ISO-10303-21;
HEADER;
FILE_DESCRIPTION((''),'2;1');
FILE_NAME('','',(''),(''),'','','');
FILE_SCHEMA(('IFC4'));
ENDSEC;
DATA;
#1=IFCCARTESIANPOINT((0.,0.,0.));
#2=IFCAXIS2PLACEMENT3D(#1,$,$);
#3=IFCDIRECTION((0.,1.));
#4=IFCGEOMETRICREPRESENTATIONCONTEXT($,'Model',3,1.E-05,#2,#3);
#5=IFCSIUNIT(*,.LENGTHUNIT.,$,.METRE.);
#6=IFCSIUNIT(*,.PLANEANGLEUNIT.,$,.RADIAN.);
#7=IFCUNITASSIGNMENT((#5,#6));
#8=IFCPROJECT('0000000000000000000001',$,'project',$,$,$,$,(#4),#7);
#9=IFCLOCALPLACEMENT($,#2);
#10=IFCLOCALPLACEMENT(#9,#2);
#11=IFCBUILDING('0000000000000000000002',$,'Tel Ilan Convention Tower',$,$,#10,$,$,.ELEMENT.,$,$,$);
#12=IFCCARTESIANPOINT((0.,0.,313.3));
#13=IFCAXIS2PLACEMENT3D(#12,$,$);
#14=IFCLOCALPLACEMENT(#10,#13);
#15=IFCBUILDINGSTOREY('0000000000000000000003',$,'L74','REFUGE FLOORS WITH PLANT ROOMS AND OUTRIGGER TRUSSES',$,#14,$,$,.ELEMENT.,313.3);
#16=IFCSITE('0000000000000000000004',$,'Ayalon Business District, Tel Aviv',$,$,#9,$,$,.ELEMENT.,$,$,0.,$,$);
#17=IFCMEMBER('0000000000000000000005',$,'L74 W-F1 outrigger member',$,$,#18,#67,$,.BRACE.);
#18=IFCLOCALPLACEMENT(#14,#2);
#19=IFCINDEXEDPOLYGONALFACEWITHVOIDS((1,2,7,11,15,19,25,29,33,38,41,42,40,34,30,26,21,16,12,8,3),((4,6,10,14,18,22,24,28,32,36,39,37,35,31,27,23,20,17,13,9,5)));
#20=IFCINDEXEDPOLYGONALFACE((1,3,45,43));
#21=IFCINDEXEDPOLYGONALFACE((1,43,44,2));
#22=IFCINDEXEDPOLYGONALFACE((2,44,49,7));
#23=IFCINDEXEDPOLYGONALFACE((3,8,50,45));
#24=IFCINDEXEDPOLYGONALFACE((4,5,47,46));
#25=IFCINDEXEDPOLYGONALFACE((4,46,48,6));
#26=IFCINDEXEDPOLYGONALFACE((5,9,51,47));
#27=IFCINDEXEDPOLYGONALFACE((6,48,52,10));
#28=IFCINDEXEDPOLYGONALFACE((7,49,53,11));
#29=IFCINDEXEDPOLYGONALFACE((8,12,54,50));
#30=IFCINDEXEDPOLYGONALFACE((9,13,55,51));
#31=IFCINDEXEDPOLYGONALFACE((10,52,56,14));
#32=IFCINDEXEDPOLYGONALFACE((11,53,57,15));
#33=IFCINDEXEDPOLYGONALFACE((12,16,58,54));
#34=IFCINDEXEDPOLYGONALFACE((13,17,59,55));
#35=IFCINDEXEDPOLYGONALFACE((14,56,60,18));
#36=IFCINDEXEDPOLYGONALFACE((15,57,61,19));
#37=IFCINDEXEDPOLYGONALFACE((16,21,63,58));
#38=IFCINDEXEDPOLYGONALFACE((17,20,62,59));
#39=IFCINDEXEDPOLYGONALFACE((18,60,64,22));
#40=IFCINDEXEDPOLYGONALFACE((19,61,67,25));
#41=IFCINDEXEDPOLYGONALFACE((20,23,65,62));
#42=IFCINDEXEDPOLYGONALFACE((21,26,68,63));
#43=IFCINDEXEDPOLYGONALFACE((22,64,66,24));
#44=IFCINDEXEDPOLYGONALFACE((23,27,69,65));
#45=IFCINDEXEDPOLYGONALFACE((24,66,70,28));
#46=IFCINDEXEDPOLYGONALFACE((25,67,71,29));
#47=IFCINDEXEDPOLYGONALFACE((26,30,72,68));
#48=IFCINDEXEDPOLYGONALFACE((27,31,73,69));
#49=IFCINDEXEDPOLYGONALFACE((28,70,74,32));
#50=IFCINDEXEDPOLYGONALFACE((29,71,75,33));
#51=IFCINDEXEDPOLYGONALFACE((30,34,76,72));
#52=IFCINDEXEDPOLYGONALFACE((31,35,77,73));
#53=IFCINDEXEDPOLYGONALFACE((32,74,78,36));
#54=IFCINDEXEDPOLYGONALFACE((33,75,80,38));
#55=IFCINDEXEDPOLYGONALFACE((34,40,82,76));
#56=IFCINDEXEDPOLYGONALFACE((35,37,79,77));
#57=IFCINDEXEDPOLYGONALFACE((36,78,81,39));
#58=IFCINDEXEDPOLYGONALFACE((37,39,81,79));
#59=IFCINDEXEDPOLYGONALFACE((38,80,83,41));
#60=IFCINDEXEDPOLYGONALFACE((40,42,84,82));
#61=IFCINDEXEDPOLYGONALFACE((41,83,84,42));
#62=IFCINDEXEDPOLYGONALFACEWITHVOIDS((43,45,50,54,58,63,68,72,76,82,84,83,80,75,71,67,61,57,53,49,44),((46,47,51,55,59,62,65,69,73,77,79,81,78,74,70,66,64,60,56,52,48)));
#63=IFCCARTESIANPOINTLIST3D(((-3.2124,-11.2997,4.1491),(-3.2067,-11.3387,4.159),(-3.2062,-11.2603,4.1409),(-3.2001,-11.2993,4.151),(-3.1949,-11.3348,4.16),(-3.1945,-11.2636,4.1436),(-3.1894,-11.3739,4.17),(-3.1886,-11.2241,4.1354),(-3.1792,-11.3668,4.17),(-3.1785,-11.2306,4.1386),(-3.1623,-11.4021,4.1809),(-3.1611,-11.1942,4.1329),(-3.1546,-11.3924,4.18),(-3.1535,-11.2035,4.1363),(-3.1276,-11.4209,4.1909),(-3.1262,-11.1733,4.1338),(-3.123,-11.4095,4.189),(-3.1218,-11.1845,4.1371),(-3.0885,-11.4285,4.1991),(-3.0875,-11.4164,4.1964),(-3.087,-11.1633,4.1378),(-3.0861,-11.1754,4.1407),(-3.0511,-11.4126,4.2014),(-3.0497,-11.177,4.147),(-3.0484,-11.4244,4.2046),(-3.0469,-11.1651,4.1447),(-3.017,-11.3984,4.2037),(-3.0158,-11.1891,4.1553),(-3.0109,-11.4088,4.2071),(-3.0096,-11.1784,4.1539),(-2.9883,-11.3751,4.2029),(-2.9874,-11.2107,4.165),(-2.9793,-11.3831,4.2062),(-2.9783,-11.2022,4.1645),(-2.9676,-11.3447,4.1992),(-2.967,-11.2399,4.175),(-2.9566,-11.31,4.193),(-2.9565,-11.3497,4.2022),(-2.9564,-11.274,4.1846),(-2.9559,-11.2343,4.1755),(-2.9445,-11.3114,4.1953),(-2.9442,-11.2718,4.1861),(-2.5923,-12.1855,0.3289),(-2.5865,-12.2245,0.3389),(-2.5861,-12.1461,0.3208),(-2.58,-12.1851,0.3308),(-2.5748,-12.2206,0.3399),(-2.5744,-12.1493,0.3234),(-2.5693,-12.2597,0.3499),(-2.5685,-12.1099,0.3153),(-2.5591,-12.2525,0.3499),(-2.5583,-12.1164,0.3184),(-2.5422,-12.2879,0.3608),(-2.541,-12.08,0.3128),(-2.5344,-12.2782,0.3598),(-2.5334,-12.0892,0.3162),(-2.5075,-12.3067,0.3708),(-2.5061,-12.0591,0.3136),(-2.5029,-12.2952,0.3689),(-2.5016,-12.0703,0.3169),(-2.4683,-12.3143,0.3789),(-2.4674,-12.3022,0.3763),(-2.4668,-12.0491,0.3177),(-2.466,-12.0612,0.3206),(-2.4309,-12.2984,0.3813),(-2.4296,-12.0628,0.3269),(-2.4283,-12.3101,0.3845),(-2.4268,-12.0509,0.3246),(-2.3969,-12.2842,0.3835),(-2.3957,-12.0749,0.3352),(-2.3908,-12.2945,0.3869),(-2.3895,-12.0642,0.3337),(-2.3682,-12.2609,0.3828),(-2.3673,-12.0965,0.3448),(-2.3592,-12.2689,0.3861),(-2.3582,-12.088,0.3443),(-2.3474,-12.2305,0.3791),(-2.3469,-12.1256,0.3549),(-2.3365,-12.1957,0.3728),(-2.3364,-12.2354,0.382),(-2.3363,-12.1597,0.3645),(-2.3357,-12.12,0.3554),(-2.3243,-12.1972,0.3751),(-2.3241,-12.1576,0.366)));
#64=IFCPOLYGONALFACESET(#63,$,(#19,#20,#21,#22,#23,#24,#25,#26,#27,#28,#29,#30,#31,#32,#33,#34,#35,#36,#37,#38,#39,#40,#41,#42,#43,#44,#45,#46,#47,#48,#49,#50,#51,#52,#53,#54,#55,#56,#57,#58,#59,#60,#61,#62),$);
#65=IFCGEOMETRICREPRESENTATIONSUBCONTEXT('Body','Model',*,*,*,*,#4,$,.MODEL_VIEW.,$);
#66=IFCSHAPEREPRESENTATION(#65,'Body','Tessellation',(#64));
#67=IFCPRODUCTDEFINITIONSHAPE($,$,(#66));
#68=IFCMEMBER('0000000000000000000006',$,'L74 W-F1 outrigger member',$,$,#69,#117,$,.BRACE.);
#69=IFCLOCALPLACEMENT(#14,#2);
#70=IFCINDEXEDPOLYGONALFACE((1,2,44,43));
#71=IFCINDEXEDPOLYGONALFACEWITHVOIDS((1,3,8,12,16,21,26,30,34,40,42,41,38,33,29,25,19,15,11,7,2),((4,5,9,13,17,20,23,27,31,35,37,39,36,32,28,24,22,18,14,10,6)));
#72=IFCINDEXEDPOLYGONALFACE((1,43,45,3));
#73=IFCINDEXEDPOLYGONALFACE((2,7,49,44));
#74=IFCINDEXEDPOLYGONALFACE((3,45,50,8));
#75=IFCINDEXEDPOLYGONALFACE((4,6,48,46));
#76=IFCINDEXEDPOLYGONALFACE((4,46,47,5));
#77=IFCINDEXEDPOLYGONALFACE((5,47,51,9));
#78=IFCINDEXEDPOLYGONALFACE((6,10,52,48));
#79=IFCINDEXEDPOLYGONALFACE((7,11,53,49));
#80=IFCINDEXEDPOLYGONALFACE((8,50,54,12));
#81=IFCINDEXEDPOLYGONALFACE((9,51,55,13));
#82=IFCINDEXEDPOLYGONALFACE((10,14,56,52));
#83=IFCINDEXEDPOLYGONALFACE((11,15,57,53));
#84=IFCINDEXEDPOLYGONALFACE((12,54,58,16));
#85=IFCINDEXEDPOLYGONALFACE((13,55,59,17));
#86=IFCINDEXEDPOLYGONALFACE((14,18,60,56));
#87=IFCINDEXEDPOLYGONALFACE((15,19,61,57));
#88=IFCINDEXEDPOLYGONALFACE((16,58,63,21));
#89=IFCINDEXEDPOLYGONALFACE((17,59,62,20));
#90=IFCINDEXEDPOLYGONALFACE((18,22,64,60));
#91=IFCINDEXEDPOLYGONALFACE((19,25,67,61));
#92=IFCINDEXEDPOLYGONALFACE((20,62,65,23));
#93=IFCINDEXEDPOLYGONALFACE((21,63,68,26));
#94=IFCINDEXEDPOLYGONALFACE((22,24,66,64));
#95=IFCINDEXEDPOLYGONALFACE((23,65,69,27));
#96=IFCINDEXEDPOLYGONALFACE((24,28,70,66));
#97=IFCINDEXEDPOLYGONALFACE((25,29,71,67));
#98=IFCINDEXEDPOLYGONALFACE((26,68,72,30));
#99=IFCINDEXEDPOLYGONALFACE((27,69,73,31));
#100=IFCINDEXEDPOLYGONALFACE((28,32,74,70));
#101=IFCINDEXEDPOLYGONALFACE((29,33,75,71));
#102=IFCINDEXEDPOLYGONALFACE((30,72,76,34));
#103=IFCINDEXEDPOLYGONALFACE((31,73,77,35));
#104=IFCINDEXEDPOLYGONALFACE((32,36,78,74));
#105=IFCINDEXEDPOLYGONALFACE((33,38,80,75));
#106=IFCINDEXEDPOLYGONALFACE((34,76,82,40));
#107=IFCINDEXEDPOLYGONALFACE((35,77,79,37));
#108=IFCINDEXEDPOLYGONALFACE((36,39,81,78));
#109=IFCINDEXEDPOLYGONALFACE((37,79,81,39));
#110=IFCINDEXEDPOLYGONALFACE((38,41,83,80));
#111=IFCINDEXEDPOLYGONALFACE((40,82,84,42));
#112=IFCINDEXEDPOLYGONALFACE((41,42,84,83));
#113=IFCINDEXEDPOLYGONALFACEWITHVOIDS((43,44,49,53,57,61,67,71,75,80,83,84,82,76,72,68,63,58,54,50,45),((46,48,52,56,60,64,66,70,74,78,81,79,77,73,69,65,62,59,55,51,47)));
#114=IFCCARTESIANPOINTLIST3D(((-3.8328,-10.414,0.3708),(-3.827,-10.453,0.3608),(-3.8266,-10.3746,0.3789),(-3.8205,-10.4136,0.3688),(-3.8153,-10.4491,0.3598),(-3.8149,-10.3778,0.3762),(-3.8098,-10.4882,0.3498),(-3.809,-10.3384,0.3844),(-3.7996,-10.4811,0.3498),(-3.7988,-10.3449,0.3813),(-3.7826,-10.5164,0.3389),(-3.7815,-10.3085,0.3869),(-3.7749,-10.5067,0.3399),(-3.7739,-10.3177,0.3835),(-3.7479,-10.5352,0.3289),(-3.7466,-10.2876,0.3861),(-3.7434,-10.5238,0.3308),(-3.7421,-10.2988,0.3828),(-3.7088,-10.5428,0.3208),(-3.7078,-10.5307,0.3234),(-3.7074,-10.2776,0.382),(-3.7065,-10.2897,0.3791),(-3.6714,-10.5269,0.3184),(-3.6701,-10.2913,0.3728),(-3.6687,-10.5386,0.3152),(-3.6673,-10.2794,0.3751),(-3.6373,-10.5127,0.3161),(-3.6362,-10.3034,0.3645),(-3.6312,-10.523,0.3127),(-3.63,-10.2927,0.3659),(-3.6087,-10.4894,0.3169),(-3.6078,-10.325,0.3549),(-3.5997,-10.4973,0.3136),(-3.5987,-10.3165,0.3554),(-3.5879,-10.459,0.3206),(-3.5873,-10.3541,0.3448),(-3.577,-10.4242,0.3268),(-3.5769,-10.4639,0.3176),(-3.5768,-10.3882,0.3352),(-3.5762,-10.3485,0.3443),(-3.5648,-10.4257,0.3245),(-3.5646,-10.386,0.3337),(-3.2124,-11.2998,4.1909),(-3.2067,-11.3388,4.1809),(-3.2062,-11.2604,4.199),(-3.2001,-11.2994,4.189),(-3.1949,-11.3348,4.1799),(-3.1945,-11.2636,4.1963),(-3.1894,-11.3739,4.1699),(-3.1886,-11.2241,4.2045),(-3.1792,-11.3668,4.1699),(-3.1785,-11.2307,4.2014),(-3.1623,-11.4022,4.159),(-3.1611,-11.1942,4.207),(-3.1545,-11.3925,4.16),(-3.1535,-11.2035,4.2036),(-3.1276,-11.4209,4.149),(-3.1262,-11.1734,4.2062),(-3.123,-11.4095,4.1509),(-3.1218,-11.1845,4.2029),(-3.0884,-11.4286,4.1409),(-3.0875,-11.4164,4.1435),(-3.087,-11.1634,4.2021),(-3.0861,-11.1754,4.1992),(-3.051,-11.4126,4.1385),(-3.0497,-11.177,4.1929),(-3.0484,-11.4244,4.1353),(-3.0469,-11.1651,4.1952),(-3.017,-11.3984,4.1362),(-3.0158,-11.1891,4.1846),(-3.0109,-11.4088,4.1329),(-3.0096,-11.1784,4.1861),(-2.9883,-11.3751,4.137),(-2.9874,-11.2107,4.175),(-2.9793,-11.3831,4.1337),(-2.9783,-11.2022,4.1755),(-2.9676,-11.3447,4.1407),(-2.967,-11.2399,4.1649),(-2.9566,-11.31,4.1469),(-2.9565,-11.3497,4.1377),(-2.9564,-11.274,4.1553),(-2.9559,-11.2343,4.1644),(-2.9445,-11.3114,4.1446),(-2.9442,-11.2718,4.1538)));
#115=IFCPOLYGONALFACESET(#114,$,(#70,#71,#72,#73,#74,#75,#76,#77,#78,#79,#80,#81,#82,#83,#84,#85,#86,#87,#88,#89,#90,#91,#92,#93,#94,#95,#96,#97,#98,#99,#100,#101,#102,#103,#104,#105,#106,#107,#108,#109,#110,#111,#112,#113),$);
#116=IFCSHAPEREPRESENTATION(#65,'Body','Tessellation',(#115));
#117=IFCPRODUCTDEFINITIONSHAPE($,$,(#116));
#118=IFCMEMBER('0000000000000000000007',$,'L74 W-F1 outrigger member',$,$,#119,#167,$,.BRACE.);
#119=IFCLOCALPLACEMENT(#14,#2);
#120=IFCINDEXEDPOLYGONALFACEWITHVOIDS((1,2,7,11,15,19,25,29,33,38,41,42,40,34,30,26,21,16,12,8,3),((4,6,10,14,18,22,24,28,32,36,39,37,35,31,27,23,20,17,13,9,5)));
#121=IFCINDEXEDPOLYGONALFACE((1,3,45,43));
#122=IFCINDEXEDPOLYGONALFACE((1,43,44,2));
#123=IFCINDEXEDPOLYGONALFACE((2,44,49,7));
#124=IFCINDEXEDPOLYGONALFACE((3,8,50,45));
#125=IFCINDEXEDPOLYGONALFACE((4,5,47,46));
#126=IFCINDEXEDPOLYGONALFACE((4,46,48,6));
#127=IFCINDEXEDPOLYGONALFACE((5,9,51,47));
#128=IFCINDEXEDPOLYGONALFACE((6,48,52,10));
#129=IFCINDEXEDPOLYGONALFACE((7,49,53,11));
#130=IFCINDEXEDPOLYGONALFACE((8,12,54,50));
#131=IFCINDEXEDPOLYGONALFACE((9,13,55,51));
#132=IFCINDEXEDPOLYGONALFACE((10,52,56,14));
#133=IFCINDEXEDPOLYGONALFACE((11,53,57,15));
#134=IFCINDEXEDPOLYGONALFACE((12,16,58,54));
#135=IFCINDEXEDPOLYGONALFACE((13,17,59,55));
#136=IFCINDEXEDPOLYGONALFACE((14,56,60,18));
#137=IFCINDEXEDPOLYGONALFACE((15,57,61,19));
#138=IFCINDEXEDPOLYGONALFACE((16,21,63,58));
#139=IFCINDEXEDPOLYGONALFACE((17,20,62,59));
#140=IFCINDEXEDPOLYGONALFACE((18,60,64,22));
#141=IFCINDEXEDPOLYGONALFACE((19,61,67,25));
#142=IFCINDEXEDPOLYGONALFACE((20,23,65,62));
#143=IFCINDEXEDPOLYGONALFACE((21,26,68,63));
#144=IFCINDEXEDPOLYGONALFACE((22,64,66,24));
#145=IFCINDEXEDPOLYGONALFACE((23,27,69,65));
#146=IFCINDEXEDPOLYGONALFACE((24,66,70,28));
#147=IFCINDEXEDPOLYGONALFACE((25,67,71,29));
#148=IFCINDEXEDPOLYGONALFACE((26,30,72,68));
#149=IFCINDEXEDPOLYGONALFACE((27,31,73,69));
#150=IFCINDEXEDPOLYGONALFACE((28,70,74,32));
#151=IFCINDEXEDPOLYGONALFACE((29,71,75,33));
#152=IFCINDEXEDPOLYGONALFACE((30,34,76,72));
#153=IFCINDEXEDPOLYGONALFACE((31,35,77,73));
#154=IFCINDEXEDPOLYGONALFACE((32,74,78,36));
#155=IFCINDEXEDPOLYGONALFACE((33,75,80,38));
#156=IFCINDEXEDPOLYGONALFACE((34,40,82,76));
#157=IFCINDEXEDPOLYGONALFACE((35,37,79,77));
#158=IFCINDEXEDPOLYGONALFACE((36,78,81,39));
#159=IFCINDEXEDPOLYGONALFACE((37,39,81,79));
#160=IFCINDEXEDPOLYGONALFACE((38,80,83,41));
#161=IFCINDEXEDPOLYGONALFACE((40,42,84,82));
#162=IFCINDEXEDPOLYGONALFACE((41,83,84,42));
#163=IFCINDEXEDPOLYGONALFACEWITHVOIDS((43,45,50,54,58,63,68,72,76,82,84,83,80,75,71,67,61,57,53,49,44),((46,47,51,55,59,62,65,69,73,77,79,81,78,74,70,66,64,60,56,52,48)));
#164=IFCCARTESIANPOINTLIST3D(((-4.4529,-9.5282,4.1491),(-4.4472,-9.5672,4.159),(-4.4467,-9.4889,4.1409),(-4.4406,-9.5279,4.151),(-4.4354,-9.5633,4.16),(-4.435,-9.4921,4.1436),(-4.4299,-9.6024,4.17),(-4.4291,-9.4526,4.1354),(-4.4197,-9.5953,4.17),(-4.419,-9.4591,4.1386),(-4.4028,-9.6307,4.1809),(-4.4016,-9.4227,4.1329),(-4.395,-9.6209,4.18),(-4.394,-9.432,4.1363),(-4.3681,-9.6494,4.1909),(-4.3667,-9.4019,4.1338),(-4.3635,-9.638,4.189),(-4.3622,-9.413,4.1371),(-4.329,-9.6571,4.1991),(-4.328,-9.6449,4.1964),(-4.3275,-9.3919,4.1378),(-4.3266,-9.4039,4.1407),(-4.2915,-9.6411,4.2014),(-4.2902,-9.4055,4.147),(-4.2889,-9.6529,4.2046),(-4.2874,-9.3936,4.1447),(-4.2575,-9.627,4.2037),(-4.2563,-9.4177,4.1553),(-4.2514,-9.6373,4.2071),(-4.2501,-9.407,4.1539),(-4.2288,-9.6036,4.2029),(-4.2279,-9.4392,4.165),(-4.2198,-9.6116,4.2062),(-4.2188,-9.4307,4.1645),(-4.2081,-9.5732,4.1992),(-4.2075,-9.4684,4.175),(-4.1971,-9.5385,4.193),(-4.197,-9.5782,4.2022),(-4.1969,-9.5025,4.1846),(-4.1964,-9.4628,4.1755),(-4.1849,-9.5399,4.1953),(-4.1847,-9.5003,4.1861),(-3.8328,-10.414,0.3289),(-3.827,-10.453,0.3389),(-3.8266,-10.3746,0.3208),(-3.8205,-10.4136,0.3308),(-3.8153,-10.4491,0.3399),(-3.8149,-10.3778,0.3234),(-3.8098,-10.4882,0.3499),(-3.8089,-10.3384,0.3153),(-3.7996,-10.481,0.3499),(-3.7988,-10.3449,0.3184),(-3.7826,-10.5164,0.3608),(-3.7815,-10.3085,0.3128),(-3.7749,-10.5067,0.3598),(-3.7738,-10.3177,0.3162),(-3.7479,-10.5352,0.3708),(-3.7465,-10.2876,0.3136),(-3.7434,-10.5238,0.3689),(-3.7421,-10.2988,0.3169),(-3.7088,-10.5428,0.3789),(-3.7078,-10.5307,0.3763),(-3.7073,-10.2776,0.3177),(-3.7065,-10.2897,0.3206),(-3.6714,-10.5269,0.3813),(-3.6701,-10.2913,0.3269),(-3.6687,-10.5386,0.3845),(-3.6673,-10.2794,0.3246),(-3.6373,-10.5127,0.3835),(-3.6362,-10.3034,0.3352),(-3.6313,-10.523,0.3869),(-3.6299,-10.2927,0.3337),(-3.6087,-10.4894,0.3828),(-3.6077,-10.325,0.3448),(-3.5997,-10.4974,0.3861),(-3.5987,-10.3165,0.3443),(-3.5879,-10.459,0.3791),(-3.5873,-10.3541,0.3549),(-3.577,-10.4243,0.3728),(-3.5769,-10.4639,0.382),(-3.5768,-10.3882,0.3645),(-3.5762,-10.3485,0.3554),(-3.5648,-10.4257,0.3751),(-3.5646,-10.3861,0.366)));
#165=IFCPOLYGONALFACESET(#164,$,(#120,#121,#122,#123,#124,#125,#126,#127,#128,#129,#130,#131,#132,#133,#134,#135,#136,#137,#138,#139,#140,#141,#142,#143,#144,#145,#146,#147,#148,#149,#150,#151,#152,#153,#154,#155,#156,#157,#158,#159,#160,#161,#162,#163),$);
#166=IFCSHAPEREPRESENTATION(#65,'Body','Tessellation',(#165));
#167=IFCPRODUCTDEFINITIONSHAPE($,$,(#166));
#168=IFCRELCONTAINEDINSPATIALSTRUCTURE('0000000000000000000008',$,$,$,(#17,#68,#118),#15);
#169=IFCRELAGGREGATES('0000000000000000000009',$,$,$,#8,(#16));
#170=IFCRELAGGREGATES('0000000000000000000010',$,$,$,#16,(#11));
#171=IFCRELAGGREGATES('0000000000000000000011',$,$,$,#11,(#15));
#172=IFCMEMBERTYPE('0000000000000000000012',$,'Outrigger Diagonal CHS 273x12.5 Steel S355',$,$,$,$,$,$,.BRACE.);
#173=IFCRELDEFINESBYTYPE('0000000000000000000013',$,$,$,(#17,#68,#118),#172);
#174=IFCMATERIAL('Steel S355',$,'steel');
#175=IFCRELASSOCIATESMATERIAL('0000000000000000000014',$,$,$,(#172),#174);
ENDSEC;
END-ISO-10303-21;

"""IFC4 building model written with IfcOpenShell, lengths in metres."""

from ifc_helpers import new_model, si_unit, direction, frame, origin, origin_2d, place, context, subcontext, project, spatial, hollow_circle, extrude, material, material_profile, profile_set, type_object, element, save


model = new_model("IFC4")

# Units and contexts
model_context = context("Model", 3, precision=1e-05, world=origin(), true_north=direction((0.0, 1.0)))
body_context = subcontext(model_context, "Body", "Model", "MODEL_VIEW")
ifc_project = project(units=[si_unit("LENGTHUNIT", "METRE"), si_unit("PLANEANGLEUNIT", "RADIAN")], contexts=[model_context])

# Site, building, storey
site_placement = place(None, origin())
site = spatial("IfcSite", under=ifc_project, at=site_placement, Name="Ayalon Business District, Tel Aviv", CompositionType="ELEMENT", RefElevation=0.0)
building_placement = place(site_placement, origin())
building = spatial("IfcBuilding", under=site, at=building_placement, Name="Tel Ilan Convention Tower", CompositionType="ELEMENT")
storey_placement = place(building_placement, frame((0.0, 0.0, 313.3)))
storey = spatial("IfcBuildingStorey", under=building, at=storey_placement, Name="L74", Description="REFUGE FLOORS WITH PLANT ROOMS AND OUTRIGGER TRUSSES", CompositionType="ELEMENT", Elevation=313.3)

# Members
ifc_material_1 = material(Name="Steel S355", Category="steel")
ifc_material_profile_1 = material_profile(ifc_material_1, hollow_circle(Radius=0.1365, WallThickness=0.0125, at=origin_2d()), Name="CHS 273x12.5")
ifc_profile_set_1 = profile_set([ifc_material_profile_1], Name="Steel S355")
member_type_1 = type_object("IfcMemberType", Name="Outrigger Diagonal CHS 273x12.5 Steel S355", PredefinedType="BRACE", material=ifc_profile_set_1)
for number, where, z_axis, x_axis, name in (
    (1, (-2.4575, -12.1814, 0.3499), (-0.156195, 0.223101, 0.9622), (-0.819189, -0.573523, 0.0), "L74 W-F1 outrigger member"),
    (2, (-3.0776, -11.2957, 4.1699), (-0.156255, 0.223099, -0.962191), (-0.819083, -0.573674, 0.0), "L74 W-F1 outrigger member"),
    (3, (-3.698, -10.4099, 0.3499), (-0.156195, 0.223101, 0.9622), (-0.819189, -0.573523, 0.0), "L74 W-F1 outrigger member"),
):
    element("IfcMember", number, at=place(storey_placement, frame(where, z_axis=z_axis, x_axis=x_axis)), inside=storey, type_object=member_type_1, Name=name, PredefinedType="BRACE", context=body_context, shape_type="SweptSolid", body=[
        extrude(hollow_circle(Radius=0.1365, WallThickness=0.0125, at=origin_2d()), origin(), (0.0, 0.0, 1.0), 3.9702),
    ])

save(model, "model.ifc")
